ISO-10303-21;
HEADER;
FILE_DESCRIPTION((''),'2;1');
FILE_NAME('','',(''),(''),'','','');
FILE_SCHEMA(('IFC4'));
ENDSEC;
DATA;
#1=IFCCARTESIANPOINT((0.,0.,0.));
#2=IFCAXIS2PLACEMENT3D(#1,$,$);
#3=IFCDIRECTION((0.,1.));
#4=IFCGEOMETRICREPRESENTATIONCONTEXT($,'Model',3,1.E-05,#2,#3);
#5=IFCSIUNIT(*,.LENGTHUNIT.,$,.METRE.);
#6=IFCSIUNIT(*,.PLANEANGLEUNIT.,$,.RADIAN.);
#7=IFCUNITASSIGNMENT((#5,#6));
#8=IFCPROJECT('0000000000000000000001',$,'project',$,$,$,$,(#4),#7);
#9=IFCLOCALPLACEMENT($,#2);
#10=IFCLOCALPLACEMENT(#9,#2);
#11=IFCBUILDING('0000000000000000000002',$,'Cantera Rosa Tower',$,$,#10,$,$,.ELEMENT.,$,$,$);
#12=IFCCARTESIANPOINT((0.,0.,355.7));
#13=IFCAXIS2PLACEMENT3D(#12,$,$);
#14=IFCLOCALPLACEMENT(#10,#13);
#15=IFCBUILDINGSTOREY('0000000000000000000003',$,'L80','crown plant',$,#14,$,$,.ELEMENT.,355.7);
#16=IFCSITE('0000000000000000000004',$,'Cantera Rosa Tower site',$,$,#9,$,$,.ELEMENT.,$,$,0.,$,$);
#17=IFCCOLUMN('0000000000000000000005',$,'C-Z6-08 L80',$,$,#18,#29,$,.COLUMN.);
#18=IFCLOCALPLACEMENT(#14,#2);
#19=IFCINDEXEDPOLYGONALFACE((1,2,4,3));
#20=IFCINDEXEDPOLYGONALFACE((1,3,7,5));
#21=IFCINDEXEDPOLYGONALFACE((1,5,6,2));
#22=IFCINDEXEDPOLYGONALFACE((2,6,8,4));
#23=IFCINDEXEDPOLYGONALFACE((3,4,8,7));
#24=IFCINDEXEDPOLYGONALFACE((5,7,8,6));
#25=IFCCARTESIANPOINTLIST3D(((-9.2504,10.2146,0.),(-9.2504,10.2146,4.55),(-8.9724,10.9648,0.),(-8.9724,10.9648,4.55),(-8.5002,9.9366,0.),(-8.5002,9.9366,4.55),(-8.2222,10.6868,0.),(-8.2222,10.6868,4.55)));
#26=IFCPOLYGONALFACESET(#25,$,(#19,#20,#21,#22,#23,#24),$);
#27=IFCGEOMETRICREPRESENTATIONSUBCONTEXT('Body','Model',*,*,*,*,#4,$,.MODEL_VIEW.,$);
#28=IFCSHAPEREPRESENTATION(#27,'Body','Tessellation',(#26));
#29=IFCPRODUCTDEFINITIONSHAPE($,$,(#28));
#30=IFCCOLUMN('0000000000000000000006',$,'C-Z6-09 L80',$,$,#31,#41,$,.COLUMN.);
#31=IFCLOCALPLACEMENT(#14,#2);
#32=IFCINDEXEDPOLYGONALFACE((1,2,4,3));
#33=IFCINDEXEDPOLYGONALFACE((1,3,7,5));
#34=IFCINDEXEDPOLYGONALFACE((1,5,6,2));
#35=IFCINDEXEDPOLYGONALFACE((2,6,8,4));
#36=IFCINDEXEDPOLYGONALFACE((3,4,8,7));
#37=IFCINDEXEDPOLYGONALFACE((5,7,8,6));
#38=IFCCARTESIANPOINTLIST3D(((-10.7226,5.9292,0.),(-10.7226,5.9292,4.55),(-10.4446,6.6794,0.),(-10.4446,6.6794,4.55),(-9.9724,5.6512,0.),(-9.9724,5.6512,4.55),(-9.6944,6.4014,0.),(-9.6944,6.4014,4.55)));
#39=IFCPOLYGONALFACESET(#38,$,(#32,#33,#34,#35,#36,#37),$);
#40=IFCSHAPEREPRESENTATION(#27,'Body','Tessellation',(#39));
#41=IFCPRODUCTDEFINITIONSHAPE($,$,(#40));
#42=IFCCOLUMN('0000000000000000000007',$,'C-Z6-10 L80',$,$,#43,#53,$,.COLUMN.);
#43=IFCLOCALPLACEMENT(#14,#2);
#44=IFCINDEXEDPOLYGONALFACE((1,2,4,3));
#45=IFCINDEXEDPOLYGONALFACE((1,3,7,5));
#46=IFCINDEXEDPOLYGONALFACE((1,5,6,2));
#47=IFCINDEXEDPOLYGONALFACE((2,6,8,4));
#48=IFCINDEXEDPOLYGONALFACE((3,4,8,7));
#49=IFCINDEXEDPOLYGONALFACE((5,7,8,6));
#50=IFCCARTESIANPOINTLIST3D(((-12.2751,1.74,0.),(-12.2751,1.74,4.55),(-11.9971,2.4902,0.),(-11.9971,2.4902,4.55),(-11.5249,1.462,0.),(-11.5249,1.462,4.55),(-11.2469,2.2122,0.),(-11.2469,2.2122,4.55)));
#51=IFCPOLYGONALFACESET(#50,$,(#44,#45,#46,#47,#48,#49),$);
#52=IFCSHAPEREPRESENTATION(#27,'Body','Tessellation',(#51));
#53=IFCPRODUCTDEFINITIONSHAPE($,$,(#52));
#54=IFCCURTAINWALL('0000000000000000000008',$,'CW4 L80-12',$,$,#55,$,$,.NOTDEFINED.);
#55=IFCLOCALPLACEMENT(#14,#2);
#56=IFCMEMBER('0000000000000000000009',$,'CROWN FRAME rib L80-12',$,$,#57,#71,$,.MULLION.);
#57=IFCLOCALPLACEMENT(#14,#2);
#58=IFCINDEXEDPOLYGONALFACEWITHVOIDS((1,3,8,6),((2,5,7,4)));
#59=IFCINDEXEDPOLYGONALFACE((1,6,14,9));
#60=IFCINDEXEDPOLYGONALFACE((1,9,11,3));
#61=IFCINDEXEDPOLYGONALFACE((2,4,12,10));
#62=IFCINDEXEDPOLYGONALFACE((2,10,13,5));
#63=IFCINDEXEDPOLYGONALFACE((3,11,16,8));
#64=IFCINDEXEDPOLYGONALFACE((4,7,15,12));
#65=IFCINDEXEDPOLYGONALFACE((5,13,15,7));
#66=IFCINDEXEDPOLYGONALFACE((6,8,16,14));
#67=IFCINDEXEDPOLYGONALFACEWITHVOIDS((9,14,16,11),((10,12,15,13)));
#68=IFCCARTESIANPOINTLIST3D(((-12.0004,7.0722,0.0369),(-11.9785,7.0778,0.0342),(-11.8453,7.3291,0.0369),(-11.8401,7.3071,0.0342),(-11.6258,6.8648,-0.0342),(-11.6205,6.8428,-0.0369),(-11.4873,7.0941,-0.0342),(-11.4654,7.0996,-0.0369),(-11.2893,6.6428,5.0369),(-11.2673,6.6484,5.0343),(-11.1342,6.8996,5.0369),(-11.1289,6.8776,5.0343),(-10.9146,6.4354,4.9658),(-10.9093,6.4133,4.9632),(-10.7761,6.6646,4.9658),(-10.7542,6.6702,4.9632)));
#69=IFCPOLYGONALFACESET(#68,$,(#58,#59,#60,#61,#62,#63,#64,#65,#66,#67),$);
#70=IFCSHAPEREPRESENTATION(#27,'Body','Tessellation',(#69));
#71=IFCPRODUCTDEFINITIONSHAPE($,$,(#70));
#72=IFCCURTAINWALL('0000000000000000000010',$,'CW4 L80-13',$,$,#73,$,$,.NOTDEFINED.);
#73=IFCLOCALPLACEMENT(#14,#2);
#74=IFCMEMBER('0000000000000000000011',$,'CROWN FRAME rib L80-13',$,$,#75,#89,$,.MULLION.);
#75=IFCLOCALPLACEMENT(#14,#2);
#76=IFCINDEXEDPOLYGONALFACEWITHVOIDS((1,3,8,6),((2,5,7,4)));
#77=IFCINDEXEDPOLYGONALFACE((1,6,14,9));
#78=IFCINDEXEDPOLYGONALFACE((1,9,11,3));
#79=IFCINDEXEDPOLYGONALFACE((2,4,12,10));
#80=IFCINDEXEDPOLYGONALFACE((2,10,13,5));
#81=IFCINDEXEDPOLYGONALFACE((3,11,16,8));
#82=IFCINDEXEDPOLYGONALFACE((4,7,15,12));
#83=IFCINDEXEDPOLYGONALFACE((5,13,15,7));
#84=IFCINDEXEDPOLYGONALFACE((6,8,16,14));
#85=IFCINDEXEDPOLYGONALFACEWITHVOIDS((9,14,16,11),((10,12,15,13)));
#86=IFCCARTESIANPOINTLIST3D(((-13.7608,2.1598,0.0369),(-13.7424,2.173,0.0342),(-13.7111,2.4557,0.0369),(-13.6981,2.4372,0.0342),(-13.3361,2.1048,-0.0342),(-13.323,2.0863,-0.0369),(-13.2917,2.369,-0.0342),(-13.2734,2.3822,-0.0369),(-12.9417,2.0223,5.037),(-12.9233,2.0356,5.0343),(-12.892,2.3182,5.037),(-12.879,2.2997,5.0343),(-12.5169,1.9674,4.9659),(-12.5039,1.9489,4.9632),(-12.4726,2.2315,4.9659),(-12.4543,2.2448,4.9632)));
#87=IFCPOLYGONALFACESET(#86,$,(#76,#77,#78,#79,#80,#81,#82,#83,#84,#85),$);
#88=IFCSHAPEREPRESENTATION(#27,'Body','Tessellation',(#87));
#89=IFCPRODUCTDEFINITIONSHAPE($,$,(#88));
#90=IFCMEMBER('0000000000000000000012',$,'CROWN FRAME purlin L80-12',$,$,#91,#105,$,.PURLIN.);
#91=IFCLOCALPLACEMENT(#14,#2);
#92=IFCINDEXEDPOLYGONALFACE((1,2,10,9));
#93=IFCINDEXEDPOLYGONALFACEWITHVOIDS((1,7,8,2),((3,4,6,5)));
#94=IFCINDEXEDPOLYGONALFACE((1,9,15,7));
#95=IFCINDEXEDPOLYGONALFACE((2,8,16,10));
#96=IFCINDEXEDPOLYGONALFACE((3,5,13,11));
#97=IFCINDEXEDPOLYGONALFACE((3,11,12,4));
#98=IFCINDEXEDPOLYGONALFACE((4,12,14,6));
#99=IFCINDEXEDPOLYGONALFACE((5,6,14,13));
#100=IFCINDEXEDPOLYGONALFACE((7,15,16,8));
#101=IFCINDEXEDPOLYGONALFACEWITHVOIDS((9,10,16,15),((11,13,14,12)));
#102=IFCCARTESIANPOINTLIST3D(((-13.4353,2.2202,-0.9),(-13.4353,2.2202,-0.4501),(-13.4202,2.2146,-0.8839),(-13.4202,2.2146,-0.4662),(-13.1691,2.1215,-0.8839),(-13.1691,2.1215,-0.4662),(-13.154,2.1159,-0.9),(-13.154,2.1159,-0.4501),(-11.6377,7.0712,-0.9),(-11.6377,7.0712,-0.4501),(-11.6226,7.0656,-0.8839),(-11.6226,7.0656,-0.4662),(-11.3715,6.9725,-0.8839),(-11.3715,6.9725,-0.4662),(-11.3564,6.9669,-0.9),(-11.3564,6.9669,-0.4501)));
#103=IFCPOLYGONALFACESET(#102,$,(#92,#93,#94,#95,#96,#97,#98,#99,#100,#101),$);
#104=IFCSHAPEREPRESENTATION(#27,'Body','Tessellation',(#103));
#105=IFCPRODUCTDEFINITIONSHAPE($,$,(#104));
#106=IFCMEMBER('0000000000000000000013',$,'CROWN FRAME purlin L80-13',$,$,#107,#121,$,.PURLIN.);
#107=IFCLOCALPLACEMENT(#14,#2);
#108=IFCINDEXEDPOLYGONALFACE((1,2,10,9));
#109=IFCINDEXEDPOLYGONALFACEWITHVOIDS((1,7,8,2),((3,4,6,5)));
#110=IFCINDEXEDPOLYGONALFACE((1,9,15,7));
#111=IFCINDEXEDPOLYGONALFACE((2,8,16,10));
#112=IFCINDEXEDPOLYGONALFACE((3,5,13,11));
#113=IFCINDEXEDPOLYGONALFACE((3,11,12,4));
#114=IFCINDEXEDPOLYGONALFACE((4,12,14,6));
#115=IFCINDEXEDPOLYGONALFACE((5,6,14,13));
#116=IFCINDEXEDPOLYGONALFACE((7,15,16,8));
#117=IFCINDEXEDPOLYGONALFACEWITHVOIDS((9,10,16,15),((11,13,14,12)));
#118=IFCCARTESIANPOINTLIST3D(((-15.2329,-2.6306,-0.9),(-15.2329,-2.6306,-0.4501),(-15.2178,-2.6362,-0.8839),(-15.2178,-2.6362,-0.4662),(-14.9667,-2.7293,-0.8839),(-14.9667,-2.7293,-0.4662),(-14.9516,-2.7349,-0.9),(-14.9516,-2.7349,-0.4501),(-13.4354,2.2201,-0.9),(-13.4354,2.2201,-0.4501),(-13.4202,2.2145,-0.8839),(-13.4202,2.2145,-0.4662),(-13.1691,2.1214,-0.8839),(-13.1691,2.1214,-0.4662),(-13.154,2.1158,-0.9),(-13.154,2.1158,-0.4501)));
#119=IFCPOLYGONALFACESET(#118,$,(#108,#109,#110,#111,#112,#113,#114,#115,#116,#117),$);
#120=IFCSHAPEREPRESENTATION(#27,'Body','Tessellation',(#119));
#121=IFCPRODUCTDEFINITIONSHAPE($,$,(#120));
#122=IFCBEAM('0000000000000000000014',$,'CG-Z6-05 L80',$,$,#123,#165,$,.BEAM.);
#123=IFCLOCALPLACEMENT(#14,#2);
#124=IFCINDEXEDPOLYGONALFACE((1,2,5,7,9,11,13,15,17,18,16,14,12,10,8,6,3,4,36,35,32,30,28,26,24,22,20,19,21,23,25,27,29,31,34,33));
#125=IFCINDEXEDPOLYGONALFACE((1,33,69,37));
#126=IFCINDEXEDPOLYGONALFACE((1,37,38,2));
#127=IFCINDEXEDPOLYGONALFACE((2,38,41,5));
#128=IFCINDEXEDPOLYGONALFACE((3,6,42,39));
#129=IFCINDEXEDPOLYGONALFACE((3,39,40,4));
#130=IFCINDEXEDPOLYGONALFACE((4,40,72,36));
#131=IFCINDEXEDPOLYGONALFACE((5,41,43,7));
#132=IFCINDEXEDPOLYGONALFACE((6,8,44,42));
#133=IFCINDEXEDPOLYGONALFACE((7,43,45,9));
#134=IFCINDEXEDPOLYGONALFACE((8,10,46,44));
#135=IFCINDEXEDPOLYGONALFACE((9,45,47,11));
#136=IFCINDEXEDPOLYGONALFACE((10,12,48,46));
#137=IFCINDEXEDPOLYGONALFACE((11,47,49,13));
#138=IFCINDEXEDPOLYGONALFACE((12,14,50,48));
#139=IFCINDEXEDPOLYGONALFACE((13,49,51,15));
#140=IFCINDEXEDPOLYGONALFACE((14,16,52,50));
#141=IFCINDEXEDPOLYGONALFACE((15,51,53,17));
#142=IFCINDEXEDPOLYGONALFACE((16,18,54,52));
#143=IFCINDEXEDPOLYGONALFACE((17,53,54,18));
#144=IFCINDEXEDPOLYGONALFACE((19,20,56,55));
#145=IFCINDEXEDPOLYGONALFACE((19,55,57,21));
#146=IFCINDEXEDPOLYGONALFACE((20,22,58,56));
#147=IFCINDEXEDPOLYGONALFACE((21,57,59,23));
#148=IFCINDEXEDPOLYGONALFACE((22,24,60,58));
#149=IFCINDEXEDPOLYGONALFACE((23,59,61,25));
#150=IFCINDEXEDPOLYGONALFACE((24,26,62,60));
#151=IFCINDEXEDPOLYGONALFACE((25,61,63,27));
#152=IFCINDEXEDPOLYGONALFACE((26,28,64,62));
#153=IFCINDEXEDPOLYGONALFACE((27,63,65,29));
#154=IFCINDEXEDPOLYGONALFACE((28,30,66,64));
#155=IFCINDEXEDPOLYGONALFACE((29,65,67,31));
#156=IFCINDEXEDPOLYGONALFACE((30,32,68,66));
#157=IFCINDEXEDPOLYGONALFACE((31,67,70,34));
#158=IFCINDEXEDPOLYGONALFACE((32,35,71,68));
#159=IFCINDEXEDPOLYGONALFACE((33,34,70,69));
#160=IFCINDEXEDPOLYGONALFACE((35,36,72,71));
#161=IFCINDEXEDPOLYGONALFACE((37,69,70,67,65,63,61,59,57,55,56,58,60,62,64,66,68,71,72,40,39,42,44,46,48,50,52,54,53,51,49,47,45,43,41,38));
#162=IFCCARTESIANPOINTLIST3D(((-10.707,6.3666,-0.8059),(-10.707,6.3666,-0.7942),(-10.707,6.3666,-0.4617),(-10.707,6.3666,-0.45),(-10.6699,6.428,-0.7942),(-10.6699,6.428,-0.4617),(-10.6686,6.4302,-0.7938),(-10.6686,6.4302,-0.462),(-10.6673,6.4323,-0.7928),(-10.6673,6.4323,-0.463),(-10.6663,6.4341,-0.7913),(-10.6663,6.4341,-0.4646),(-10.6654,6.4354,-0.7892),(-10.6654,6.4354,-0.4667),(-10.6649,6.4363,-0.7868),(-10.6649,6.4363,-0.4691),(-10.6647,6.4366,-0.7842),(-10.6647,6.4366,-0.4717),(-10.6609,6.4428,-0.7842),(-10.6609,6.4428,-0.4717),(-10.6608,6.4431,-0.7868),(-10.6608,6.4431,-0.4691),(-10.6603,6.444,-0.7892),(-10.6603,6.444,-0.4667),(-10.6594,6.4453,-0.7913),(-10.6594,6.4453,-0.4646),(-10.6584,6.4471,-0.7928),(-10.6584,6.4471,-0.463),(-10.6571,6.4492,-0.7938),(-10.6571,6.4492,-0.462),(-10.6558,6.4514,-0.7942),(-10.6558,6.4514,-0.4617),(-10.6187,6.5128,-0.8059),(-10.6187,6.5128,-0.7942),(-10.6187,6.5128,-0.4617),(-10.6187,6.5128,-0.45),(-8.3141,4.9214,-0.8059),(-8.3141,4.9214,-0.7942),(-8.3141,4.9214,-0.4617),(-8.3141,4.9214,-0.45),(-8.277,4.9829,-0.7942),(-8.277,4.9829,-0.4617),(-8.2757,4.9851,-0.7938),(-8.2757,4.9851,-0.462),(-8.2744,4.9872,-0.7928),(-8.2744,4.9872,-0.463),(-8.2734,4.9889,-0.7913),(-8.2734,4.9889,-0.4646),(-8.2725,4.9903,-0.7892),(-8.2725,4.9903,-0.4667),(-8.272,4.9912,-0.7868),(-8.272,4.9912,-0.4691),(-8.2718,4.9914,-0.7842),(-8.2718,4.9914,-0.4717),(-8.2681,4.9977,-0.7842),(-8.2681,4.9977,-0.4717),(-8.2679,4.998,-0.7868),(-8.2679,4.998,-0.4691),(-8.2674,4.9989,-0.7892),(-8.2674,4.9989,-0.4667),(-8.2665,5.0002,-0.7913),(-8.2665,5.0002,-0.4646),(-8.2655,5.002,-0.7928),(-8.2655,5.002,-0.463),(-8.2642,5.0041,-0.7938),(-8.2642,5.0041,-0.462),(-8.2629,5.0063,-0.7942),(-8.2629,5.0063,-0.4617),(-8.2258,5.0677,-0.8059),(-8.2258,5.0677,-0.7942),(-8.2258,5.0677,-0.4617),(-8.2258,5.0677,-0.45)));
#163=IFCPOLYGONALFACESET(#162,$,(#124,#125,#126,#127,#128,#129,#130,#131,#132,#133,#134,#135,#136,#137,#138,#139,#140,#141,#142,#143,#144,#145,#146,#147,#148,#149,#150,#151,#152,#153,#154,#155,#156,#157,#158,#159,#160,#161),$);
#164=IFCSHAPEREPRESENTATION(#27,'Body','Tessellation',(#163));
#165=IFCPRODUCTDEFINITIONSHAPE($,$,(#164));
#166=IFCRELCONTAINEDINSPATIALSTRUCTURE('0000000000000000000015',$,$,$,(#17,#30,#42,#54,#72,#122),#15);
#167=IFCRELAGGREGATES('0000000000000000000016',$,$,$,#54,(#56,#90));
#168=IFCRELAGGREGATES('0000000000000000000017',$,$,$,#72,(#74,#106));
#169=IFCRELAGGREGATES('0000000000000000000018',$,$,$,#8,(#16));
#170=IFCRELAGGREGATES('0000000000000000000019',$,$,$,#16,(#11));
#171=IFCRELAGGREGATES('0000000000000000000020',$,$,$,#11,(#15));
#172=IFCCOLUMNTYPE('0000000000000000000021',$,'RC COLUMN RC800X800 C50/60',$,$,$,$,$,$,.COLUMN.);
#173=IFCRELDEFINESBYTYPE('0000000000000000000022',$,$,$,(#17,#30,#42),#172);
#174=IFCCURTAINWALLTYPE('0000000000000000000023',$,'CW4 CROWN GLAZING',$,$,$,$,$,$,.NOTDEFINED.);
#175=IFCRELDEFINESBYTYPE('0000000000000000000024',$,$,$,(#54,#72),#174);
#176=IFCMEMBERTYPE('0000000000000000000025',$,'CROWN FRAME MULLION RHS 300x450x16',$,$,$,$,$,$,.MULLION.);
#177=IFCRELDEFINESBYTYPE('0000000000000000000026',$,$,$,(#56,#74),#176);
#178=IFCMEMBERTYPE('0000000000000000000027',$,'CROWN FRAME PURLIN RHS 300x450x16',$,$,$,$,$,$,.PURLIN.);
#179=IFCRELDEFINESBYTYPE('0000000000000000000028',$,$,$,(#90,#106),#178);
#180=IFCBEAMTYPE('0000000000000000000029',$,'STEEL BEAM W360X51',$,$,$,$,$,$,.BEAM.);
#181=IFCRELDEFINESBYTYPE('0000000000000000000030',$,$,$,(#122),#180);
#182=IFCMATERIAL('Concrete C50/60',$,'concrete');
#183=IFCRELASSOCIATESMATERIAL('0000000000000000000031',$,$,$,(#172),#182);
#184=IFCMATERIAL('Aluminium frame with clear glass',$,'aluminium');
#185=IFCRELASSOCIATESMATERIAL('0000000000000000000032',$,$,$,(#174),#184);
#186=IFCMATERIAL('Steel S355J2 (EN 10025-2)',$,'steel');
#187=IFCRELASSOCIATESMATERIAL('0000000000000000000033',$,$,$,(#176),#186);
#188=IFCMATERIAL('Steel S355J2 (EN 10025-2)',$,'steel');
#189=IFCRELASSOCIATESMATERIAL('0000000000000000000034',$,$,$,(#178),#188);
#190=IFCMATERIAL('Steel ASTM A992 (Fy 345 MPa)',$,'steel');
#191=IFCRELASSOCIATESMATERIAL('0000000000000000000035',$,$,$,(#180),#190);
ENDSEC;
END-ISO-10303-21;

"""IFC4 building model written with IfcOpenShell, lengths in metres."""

from ifc_helpers import new_model, si_unit, direction, frame, origin, origin_2d, place, context, subcontext, project, spatial, rectangle, hollow_rectangle, i_section, extrude, material, material_profile, profile_set, type_object, element, aggregate, save


model = new_model("IFC4")

# Units and contexts
model_context = context("Model", 3, precision=1e-05, world=origin(), true_north=direction((0.0, 1.0)))
body_context = subcontext(model_context, "Body", "Model", "MODEL_VIEW")
ifc_project = project(units=[si_unit("LENGTHUNIT", "METRE"), si_unit("PLANEANGLEUNIT", "RADIAN")], contexts=[model_context])

# Site, building, storey
site_placement = place(None, origin())
site = spatial("IfcSite", under=ifc_project, at=site_placement, Name="Cantera Rosa Tower site", CompositionType="ELEMENT", RefElevation=0.0)
building_placement = place(site_placement, origin())
building = spatial("IfcBuilding", under=site, at=building_placement, Name="Cantera Rosa Tower", CompositionType="ELEMENT")
storey_placement = place(building_placement, frame((0.0, 0.0, 355.7)))
storey = spatial("IfcBuildingStorey", under=building, at=storey_placement, Name="L80", Description="crown plant", CompositionType="ELEMENT", Elevation=355.7)

# Columns
ifc_material_1 = material(Name="Concrete C50/60", Category="concrete")
ifc_material_profile_1 = material_profile(ifc_material_1, rectangle(XDim=0.8, YDim=0.8, at=origin_2d()), Name="RC COLUMN RC800X800 C50/60")
ifc_profile_set_1 = profile_set([ifc_material_profile_1], Name="Concrete C50/60")
column_type = type_object("IfcColumnType", Name="RC COLUMN RC800X800 C50/60", PredefinedType="COLUMN", material=ifc_profile_set_1)
for number, where, z_axis, x_axis, name in (
    (1, (-8.7363, 10.4507, 0.0), (0.0, 0.0, 1.0), (0.347481, 0.937687, 0.0), "C-Z6-08 L80"),
    (2, (-10.2085, 6.1653, 0.0), (0.0, 0.0, 1.0), (0.347481, 0.937687, 0.0), "C-Z6-09 L80"),
    (3, (-11.761, 1.9761, 0.0), (0.0, 0.0, 1.0), (0.347481, 0.937687, 0.0), "C-Z6-10 L80"),
):
    element("IfcColumn", number, at=place(storey_placement, frame(where, z_axis=z_axis, x_axis=x_axis)), inside=storey, type_object=column_type, Name=name, PredefinedType="COLUMN", context=body_context, shape_type="SweptSolid", body=[
        extrude(rectangle(XDim=0.8, YDim=0.8, at=origin_2d()), origin(), (0.0, 0.0, 1.0), 4.55),
    ])

# Curtain walls, members
ifc_material_2 = material(Name="Aluminium frame with clear glass", Category="aluminium")
curtain_wall_type = type_object("IfcCurtainWallType", Name="CW4 CROWN GLAZING", PredefinedType="NOTDEFINED", material=ifc_material_2)
curtain_wall_1_placement = place(storey_placement, origin())
curtain_wall_1 = element("IfcCurtainWall", 4, at=curtain_wall_1_placement, inside=storey, type_object=curtain_wall_type, Name="CW4 L80-12", PredefinedType="NOTDEFINED")
ifc_material_3 = material(Name="Steel S355J2 (EN 10025-2)", Category="steel")
ifc_material_profile_2 = material_profile(ifc_material_3, hollow_rectangle(XDim=0.3, YDim=0.45, WallThickness=0.0161, at=origin_2d()), Name="CROWN FRAME MULLION RHS 300x450x16")
ifc_profile_set_2 = profile_set([ifc_material_profile_2], Name="Steel S355J2 (EN 10025-2)")
member_type_1 = type_object("IfcMemberType", Name="CROWN FRAME MULLION RHS 300x450x16", PredefinedType="MULLION", material=ifc_profile_set_2)
member_1_placement = place(storey_placement, frame((-11.7329, 7.0859, 0.0), z_axis=(0.140313, -0.084727, 0.986475), x_axis=(0.516914, 0.856037, 0.0)))
member_1 = element("IfcMember", 5, at=member_1_placement, type_object=member_type_1, Name="CROWN FRAME rib L80-12", PredefinedType="MULLION", context=body_context, shape_type="SweptSolid", body=[
    extrude(hollow_rectangle(XDim=0.3, YDim=0.45, WallThickness=0.0161, at=origin_2d()), origin(), (0.0, 0.0, 1.0), 5.0686),
])
curtain_wall_2_placement = place(storey_placement, origin())
curtain_wall_2 = element("IfcCurtainWall", 6, at=curtain_wall_2_placement, inside=storey, type_object=curtain_wall_type, Name="CW4 L80-13", PredefinedType="NOTDEFINED")
member_2_placement = place(storey_placement, frame((-13.5171, 2.271, 0.0), z_axis=(0.161604, -0.027119, 0.986483), x_axis=(0.165495, 0.986211, 0.0)))
member_2 = element("IfcMember", 7, at=member_2_placement, type_object=member_type_1, Name="CROWN FRAME rib L80-13", PredefinedType="MULLION", context=body_context, shape_type="SweptSolid", body=[
    extrude(hollow_rectangle(XDim=0.3, YDim=0.45, WallThickness=0.0161, at=origin_2d()), origin(), (0.0, 0.0, 1.0), 5.0686),
])

# Members
ifc_material_4 = material(Name="Steel S355J2 (EN 10025-2)", Category="steel")
ifc_material_profile_3 = material_profile(ifc_material_4, hollow_rectangle(XDim=0.3, YDim=0.45, WallThickness=0.0161, at=origin_2d()), Name="CROWN FRAME PURLIN RHS 300x450x16")
ifc_profile_set_3 = profile_set([ifc_material_profile_3], Name="Steel S355J2 (EN 10025-2)")
member_type_2 = type_object("IfcMemberType", Name="CROWN FRAME PURLIN RHS 300x450x16", PredefinedType="PURLIN", material=ifc_profile_set_3)
member_3_placement = place(storey_placement, frame((-11.4971, 7.019, -0.675), z_axis=(-0.34747, -0.937691, 0.0), x_axis=(0.937691, -0.34747, 0.0)))
member_3 = element("IfcMember", 8, at=member_3_placement, type_object=member_type_2, Name="CROWN FRAME purlin L80-12", PredefinedType="PURLIN", context=body_context, shape_type="SweptSolid", body=[
    extrude(hollow_rectangle(XDim=0.3, YDim=0.45, WallThickness=0.0161, at=origin_2d()), origin(), (0.0, 0.0, 1.0), 5.1733),
])
member_4_placement = place(storey_placement, frame((-13.2947, 2.168, -0.675), z_axis=(-0.347485, -0.937686, 0.0), x_axis=(0.937686, -0.347485, 0.0)))
member_4 = element("IfcMember", 9, at=member_4_placement, type_object=member_type_2, Name="CROWN FRAME purlin L80-13", PredefinedType="PURLIN", context=body_context, shape_type="SweptSolid", body=[
    extrude(hollow_rectangle(XDim=0.3, YDim=0.45, WallThickness=0.0161, at=origin_2d()), origin(), (0.0, 0.0, 1.0), 5.1731),
])

# Beam
ifc_material_5 = material(Name="Steel ASTM A992 (Fy 345 MPa)", Category="steel")
ifc_material_profile_4 = material_profile(ifc_material_5, i_section(OverallWidth=0.1709, OverallDepth=0.356, WebThickness=0.0073, FlangeThickness=0.0117, FilletRadius=0.01, at=origin_2d()), Name="W360X51")
ifc_profile_set_4 = profile_set([ifc_material_profile_4], Name="Steel ASTM A992 (Fy 345 MPa)")
beam_type_1 = type_object("IfcBeamType", Name="STEEL BEAM W360X51", PredefinedType="BEAM", material=ifc_profile_set_4)
beam_1_placement = place(storey_placement, frame((-10.6628, 6.4397, -0.6279), z_axis=(0.85601, -0.51696, 0.0), x_axis=(0.51696, 0.85601, 0.0)))
element("IfcBeam", 10, at=beam_1_placement, inside=storey, type_object=beam_type_1, Name="CG-Z6-05 L80", PredefinedType="BEAM", context=body_context, shape_type="SweptSolid", body=[
    extrude(i_section(OverallWidth=0.1709, OverallDepth=0.356, WebThickness=0.0073, FlangeThickness=0.0117, FilletRadius=0.01, at=origin_2d()), origin(), (0.0, 0.0, 1.0), 2.7954),
])

aggregate(curtain_wall_1, [member_1, member_3])
aggregate(curtain_wall_2, [member_2, member_4])

save(model, "model.ifc")
